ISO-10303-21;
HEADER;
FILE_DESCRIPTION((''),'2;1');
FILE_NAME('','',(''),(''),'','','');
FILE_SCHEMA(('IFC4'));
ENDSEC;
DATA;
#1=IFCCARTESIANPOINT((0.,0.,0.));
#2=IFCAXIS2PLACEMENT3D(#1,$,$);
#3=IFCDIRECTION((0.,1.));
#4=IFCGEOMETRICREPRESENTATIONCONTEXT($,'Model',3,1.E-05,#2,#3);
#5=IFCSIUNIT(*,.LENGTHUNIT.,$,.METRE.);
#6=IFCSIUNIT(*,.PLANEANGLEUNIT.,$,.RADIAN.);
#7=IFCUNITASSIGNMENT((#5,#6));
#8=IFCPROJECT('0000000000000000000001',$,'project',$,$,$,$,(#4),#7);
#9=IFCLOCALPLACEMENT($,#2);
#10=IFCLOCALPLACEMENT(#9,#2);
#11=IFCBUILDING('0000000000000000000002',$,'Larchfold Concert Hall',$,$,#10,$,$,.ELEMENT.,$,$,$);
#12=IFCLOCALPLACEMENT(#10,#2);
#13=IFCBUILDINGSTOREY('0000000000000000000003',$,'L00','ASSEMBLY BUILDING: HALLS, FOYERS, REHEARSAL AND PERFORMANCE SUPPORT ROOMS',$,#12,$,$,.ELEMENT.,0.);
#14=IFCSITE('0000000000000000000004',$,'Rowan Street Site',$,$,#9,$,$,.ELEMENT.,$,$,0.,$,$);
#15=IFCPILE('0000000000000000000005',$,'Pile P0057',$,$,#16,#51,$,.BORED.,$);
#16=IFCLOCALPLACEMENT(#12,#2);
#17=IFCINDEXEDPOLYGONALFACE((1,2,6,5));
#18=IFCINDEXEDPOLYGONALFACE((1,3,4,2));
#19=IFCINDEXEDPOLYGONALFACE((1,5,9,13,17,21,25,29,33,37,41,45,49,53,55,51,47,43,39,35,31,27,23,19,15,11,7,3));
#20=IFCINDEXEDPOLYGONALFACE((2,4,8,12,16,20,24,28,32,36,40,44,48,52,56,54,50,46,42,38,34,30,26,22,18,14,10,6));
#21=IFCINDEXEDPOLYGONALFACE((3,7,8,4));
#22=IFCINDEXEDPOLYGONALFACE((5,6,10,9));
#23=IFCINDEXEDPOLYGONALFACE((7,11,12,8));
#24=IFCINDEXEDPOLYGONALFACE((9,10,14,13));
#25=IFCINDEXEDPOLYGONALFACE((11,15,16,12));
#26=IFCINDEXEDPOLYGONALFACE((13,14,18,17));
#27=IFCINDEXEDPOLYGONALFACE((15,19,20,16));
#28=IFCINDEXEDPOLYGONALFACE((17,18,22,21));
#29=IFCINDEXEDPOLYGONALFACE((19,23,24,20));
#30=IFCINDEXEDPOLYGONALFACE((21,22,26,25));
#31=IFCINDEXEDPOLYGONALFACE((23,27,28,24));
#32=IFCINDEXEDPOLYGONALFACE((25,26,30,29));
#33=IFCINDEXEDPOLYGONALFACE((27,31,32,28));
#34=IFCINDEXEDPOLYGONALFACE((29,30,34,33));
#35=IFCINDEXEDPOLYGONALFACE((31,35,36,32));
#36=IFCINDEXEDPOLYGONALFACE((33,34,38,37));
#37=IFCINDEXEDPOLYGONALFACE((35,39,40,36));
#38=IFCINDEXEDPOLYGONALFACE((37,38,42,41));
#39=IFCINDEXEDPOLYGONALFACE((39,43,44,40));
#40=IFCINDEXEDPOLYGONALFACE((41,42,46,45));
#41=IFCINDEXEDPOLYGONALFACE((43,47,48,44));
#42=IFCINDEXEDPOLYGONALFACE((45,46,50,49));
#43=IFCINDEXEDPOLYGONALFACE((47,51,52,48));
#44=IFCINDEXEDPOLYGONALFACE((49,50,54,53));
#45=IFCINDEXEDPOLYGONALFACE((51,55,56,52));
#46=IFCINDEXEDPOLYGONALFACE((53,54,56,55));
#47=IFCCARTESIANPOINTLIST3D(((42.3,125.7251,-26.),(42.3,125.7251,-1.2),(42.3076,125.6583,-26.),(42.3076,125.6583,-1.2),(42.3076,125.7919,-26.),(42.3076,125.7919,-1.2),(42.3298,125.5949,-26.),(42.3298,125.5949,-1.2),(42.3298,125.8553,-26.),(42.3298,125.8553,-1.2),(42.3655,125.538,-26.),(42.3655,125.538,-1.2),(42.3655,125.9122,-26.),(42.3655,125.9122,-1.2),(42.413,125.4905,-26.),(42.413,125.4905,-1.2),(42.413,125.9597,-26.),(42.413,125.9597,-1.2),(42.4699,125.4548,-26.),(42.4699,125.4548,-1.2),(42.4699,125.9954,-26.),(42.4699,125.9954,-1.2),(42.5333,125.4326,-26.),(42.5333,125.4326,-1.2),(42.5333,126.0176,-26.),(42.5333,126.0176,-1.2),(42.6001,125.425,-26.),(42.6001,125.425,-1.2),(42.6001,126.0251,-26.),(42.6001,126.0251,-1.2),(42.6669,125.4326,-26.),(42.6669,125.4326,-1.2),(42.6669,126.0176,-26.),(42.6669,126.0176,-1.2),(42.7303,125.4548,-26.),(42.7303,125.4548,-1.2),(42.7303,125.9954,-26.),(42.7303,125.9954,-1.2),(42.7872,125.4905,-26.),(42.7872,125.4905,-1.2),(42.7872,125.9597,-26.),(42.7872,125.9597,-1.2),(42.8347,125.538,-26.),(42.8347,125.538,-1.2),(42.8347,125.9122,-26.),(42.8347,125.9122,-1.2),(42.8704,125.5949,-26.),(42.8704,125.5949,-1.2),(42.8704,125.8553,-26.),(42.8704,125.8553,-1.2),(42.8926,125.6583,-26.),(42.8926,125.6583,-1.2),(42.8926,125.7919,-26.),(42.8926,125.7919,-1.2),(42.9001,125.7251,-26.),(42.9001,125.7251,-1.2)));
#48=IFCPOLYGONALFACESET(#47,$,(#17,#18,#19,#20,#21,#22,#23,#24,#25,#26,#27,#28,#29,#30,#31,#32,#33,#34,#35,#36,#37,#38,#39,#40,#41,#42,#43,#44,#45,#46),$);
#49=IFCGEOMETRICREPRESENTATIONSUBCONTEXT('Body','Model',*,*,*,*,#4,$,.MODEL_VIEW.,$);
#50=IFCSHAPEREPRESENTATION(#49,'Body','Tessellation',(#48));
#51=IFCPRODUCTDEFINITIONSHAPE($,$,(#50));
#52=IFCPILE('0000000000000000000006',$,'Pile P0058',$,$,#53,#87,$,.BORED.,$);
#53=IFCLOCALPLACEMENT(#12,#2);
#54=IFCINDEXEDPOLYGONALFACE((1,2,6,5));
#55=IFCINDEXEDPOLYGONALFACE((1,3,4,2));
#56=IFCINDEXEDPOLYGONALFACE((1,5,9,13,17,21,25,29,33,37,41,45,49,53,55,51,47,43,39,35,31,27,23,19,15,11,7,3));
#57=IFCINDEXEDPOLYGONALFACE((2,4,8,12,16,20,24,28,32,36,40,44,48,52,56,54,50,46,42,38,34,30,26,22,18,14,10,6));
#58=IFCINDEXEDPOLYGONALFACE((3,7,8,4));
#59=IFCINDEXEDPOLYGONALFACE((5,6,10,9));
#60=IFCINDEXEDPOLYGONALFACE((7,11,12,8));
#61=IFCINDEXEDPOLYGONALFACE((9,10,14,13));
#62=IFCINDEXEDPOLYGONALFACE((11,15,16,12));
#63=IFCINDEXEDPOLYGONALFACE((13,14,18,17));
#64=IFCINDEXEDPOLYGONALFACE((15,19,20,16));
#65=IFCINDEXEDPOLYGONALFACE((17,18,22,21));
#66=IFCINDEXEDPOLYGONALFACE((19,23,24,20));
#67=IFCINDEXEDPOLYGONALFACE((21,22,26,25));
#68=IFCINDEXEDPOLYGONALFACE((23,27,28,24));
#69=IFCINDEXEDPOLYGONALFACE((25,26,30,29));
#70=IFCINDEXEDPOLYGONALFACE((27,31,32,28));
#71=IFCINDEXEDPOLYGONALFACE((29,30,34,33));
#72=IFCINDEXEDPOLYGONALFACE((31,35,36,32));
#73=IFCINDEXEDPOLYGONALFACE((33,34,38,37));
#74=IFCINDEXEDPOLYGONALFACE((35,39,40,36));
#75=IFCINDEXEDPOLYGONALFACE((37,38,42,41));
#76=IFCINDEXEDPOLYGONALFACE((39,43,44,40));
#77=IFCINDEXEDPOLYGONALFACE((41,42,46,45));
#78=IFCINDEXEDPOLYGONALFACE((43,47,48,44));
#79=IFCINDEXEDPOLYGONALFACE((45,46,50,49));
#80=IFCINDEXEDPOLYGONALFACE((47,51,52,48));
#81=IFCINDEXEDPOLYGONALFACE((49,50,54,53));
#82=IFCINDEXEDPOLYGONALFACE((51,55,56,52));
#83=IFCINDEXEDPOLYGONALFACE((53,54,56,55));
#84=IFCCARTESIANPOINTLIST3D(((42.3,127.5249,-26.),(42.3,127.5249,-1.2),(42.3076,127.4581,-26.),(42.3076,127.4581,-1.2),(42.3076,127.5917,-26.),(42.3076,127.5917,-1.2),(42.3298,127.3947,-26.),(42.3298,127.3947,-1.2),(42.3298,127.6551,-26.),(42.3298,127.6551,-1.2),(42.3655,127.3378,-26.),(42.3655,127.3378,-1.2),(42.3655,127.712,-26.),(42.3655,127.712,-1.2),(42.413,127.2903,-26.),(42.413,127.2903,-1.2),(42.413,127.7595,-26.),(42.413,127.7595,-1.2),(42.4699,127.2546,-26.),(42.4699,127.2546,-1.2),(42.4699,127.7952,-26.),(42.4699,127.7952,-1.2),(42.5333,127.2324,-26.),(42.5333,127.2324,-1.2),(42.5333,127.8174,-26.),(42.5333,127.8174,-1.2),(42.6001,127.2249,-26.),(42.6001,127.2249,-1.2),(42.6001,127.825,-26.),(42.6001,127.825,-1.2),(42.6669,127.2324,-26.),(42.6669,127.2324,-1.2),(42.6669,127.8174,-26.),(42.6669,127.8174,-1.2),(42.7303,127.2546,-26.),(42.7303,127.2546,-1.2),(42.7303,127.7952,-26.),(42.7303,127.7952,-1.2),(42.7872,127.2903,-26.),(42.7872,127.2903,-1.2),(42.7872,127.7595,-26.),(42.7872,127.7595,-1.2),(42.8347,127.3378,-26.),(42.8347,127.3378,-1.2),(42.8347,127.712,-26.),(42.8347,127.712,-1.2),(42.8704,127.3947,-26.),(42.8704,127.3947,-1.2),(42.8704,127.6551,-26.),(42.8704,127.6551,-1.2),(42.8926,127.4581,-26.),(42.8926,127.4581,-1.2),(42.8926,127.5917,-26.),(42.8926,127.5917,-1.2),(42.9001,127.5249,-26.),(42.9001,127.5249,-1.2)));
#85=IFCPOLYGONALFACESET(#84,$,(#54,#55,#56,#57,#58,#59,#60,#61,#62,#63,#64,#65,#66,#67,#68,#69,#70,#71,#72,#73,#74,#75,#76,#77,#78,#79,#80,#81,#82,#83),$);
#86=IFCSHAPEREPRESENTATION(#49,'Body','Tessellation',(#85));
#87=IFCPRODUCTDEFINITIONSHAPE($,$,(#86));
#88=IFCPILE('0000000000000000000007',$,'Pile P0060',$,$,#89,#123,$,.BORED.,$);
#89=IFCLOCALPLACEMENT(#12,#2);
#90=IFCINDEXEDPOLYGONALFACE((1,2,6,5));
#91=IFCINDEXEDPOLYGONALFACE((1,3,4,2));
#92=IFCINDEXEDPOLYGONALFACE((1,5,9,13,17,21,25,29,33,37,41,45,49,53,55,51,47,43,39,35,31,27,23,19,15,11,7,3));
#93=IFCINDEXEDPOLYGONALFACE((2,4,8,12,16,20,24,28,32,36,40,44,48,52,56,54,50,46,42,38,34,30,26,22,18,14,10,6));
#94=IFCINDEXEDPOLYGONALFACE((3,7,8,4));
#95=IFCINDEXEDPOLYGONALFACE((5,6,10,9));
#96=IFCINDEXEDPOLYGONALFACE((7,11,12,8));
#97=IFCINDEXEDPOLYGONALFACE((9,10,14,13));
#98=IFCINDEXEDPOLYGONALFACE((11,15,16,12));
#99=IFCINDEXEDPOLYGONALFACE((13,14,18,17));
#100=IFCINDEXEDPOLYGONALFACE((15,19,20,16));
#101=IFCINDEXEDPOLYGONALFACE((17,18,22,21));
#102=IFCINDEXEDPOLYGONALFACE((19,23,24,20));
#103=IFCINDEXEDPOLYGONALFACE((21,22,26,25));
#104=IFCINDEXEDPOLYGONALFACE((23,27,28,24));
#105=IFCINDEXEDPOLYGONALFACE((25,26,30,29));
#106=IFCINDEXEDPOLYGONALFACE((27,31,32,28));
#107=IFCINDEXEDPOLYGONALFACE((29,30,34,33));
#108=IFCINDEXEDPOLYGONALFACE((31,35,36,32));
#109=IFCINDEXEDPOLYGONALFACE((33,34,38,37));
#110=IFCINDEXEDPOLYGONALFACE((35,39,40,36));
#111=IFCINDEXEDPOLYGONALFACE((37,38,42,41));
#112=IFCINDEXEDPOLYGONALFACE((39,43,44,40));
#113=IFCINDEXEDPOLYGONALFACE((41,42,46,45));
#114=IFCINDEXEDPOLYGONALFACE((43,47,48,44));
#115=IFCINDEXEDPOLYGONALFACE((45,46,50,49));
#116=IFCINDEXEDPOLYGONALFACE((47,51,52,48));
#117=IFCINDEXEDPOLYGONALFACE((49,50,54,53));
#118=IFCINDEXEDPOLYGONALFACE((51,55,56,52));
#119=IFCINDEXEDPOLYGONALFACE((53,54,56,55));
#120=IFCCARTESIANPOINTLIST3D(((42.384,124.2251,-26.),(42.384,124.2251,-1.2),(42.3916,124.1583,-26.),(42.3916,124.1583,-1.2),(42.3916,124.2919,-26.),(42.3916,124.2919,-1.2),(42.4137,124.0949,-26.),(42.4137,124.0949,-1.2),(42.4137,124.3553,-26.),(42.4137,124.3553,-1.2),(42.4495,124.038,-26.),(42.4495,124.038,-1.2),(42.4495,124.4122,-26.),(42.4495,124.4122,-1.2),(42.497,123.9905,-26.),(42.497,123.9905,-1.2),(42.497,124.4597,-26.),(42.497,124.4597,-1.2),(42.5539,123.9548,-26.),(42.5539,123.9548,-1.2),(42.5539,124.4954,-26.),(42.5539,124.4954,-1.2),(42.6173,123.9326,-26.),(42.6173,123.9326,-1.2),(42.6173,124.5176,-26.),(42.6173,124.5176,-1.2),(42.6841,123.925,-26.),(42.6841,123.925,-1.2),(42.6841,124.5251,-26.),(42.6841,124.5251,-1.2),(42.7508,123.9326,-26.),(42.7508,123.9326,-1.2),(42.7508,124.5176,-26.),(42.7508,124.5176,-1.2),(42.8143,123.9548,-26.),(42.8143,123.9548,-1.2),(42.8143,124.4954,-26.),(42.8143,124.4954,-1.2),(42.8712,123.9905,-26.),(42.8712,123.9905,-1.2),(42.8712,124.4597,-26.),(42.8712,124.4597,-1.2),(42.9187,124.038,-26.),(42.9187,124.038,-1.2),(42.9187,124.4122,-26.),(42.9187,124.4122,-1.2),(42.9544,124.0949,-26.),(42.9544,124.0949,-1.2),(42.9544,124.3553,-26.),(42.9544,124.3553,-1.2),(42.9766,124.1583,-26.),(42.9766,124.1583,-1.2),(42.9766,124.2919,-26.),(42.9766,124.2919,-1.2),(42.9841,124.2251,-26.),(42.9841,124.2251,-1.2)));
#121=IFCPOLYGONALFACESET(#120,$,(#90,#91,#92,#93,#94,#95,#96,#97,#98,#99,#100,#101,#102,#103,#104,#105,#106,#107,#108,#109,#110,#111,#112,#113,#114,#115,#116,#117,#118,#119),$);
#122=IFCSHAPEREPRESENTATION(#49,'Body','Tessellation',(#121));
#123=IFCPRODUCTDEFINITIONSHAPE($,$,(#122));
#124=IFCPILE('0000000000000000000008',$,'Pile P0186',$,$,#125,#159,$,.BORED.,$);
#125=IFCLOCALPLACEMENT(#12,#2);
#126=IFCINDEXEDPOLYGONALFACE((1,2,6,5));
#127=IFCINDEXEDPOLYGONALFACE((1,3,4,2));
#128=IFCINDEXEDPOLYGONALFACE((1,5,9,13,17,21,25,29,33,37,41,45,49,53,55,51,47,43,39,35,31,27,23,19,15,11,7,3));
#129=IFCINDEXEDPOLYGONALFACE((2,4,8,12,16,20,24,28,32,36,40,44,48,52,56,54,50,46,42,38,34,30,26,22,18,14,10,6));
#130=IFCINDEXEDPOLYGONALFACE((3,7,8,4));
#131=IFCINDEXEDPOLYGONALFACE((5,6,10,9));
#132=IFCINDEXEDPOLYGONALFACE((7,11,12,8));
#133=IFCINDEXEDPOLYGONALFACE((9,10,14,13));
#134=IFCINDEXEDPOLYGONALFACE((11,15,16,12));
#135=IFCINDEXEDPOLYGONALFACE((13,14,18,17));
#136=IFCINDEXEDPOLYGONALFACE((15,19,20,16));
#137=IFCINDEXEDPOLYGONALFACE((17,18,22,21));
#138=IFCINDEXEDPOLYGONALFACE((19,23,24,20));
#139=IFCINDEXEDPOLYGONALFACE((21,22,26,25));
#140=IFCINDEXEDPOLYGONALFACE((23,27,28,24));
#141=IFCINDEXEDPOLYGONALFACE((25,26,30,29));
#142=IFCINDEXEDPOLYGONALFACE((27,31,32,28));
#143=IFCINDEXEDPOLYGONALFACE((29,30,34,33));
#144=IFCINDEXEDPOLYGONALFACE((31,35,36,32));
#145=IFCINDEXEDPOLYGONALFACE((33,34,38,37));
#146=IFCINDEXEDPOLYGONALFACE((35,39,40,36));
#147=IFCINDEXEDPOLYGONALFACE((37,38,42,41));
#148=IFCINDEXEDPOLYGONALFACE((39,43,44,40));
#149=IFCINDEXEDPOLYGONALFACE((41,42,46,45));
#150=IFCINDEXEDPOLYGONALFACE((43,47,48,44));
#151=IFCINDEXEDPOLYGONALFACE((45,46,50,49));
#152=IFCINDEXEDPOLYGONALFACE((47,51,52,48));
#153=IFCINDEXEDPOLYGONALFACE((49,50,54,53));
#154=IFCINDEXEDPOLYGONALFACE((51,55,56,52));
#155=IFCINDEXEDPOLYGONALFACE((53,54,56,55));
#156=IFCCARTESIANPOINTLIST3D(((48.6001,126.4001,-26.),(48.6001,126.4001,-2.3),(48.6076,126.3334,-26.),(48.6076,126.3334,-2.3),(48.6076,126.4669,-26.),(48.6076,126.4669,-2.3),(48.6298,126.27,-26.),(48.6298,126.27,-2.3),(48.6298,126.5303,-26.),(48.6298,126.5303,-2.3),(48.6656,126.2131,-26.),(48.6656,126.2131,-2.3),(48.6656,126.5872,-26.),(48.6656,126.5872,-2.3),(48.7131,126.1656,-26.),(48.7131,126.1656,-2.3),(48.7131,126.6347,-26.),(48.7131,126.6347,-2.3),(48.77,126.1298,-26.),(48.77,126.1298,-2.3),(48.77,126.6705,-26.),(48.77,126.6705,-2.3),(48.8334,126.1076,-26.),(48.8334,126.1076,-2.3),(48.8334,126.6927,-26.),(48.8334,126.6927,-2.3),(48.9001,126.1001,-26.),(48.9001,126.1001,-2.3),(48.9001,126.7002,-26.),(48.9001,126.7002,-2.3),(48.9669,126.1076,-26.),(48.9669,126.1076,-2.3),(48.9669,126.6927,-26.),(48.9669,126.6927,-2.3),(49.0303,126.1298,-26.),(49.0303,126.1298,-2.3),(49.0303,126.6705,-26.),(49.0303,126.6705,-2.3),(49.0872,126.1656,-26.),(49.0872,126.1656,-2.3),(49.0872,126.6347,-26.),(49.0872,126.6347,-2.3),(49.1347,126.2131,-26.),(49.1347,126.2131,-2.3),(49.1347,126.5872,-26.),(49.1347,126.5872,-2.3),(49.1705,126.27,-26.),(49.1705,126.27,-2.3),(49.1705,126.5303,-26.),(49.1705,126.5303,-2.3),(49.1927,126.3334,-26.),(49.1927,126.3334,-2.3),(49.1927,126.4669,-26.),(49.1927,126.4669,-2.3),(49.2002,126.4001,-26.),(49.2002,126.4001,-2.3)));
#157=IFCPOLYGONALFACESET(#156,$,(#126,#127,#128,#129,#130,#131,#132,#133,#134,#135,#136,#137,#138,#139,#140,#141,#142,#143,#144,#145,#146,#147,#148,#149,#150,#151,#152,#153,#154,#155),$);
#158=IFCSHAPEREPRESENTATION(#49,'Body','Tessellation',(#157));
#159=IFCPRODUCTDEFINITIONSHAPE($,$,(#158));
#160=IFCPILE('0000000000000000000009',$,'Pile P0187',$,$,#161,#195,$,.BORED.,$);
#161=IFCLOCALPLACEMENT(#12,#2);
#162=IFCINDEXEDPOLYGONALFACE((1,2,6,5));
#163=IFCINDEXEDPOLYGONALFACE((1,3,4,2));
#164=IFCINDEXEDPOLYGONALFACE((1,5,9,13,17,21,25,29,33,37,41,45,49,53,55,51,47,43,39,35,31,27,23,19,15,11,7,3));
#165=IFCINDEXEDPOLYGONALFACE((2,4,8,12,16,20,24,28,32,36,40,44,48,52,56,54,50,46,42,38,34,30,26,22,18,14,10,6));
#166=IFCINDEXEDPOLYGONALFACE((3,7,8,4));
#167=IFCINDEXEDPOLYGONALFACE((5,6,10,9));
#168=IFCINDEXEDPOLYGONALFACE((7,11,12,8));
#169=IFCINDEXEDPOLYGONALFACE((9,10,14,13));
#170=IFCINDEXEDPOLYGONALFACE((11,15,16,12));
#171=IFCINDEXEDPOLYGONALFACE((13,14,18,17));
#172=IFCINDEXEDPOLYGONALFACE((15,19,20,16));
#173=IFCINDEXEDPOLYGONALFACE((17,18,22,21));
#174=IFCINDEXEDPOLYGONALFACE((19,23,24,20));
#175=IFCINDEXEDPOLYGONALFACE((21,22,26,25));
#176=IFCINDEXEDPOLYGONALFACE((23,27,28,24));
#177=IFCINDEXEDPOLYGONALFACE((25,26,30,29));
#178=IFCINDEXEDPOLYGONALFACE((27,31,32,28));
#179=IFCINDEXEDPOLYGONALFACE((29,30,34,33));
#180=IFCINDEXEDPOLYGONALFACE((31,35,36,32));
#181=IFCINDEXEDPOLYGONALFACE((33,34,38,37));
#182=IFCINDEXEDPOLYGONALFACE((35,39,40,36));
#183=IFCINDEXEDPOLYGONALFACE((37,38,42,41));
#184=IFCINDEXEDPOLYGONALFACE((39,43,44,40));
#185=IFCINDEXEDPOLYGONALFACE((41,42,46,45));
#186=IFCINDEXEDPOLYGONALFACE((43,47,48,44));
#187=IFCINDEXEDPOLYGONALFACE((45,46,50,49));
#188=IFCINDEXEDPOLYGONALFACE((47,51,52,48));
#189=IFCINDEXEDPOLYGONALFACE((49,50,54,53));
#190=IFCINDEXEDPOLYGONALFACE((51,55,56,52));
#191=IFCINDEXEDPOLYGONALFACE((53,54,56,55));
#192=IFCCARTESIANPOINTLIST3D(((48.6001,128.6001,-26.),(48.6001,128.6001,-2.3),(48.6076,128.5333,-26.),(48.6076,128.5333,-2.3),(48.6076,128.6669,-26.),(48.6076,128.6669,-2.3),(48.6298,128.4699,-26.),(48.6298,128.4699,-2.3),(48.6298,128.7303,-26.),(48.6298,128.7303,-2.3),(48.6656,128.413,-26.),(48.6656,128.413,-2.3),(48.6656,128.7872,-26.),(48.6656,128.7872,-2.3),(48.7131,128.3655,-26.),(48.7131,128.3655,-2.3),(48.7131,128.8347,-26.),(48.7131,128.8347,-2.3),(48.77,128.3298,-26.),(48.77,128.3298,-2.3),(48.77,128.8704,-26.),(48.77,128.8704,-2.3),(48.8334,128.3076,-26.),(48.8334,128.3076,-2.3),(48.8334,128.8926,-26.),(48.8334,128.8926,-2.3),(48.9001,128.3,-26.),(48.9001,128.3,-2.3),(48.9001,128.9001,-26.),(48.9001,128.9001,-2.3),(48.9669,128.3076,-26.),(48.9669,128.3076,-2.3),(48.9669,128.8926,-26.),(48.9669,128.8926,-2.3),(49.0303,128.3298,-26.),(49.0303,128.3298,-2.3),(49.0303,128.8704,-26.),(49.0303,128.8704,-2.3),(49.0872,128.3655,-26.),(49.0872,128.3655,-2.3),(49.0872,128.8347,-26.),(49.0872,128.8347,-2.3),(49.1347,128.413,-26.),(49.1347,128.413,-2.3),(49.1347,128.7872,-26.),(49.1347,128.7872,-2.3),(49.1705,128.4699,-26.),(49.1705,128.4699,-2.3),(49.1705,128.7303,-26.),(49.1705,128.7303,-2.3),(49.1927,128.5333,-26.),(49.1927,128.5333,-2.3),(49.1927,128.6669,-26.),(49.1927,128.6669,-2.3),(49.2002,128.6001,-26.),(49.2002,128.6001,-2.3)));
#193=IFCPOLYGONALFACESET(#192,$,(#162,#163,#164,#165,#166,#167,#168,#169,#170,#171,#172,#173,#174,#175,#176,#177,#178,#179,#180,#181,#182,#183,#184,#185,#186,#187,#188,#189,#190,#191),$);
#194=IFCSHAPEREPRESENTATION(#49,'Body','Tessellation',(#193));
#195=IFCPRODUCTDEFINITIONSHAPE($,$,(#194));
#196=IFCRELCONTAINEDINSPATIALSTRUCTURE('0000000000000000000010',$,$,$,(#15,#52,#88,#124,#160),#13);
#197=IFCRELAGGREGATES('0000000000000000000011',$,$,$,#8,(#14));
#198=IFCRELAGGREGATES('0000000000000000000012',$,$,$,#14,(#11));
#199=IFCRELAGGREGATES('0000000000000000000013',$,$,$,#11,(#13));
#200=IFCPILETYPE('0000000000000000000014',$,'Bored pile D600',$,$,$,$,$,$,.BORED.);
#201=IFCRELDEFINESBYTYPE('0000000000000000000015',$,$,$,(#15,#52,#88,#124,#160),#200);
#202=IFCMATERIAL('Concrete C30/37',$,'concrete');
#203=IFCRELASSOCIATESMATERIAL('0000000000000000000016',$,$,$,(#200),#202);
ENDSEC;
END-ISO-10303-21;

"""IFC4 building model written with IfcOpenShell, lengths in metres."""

from ifc_helpers import new_model, si_unit, direction, frame, origin, origin_2d, place, context, subcontext, project, spatial, circle, extrude, material, material_profile, profile_set, type_object, element, save


model = new_model("IFC4")

# Units and contexts
model_context = context("Model", 3, precision=1e-05, world=origin(), true_north=direction((0.0, 1.0)))
body_context = subcontext(model_context, "Body", "Model", "MODEL_VIEW")
ifc_project = project(units=[si_unit("LENGTHUNIT", "METRE"), si_unit("PLANEANGLEUNIT", "RADIAN")], contexts=[model_context])

# Site, building, storey
site_placement = place(None, origin())
site = spatial("IfcSite", under=ifc_project, at=site_placement, Name="Rowan Street Site", CompositionType="ELEMENT", RefElevation=0.0)
building_placement = place(site_placement, origin())
building = spatial("IfcBuilding", under=site, at=building_placement, Name="Larchfold Concert Hall", CompositionType="ELEMENT")
storey_placement = place(building_placement, origin())
storey = spatial("IfcBuildingStorey", under=building, at=storey_placement, Name="L00", Description="ASSEMBLY BUILDING: HALLS, FOYERS, REHEARSAL AND PERFORMANCE SUPPORT ROOMS", CompositionType="ELEMENT", Elevation=0.0)

# Piles
ifc_material_1 = material(Name="Concrete C30/37", Category="concrete")
ifc_material_profile_1 = material_profile(ifc_material_1, circle(Radius=0.3, at=origin_2d()))
ifc_profile_set_1 = profile_set([ifc_material_profile_1], Name="Concrete C30/37")
pile_type = type_object("IfcPileType", Name="Bored pile D600", PredefinedType="BORED", material=ifc_profile_set_1)
for number, where, z_axis, x_axis, name in (
    (1, (42.6001, 125.7251, -1.2), (0.0, 0.0, -1.0), (1.0, 0.0, 0.0), "Pile P0057"),
    (2, (42.6001, 127.5249, -1.2), (0.0, 0.0, -1.0), (1.0, 0.0, 0.0), "Pile P0058"),
    (3, (42.6841, 124.2251, -1.2), (0.0, 0.0, -1.0), (1.0, 0.0, 0.0), "Pile P0060"),
):
    element("IfcPile", number, at=place(storey_placement, frame(where, z_axis=z_axis, x_axis=x_axis)), inside=storey, type_object=pile_type, Name=name, PredefinedType="BORED", context=body_context, shape_type="SweptSolid", body=[
        extrude(circle(Radius=0.3, at=origin_2d()), origin(), (0.0, 0.0, 1.0), 24.8),
    ])
for number, where, z_axis, x_axis, name in (
    (4, (48.9001, 126.4001, -2.3), (0.0, 0.0, -1.0), (1.0, 0.0, 0.0), "Pile P0186"),
    (5, (48.9001, 128.6001, -2.3), (0.0, 0.0, -1.0), (1.0, 0.0, 0.0), "Pile P0187"),
):
    element("IfcPile", number, at=place(storey_placement, frame(where, z_axis=z_axis, x_axis=x_axis)), inside=storey, type_object=pile_type, Name=name, PredefinedType="BORED", context=body_context, shape_type="SweptSolid", body=[
        extrude(circle(Radius=0.3, at=origin_2d()), origin(), (0.0, 0.0, 1.0), 23.7),
    ])

save(model, "model.ifc")
